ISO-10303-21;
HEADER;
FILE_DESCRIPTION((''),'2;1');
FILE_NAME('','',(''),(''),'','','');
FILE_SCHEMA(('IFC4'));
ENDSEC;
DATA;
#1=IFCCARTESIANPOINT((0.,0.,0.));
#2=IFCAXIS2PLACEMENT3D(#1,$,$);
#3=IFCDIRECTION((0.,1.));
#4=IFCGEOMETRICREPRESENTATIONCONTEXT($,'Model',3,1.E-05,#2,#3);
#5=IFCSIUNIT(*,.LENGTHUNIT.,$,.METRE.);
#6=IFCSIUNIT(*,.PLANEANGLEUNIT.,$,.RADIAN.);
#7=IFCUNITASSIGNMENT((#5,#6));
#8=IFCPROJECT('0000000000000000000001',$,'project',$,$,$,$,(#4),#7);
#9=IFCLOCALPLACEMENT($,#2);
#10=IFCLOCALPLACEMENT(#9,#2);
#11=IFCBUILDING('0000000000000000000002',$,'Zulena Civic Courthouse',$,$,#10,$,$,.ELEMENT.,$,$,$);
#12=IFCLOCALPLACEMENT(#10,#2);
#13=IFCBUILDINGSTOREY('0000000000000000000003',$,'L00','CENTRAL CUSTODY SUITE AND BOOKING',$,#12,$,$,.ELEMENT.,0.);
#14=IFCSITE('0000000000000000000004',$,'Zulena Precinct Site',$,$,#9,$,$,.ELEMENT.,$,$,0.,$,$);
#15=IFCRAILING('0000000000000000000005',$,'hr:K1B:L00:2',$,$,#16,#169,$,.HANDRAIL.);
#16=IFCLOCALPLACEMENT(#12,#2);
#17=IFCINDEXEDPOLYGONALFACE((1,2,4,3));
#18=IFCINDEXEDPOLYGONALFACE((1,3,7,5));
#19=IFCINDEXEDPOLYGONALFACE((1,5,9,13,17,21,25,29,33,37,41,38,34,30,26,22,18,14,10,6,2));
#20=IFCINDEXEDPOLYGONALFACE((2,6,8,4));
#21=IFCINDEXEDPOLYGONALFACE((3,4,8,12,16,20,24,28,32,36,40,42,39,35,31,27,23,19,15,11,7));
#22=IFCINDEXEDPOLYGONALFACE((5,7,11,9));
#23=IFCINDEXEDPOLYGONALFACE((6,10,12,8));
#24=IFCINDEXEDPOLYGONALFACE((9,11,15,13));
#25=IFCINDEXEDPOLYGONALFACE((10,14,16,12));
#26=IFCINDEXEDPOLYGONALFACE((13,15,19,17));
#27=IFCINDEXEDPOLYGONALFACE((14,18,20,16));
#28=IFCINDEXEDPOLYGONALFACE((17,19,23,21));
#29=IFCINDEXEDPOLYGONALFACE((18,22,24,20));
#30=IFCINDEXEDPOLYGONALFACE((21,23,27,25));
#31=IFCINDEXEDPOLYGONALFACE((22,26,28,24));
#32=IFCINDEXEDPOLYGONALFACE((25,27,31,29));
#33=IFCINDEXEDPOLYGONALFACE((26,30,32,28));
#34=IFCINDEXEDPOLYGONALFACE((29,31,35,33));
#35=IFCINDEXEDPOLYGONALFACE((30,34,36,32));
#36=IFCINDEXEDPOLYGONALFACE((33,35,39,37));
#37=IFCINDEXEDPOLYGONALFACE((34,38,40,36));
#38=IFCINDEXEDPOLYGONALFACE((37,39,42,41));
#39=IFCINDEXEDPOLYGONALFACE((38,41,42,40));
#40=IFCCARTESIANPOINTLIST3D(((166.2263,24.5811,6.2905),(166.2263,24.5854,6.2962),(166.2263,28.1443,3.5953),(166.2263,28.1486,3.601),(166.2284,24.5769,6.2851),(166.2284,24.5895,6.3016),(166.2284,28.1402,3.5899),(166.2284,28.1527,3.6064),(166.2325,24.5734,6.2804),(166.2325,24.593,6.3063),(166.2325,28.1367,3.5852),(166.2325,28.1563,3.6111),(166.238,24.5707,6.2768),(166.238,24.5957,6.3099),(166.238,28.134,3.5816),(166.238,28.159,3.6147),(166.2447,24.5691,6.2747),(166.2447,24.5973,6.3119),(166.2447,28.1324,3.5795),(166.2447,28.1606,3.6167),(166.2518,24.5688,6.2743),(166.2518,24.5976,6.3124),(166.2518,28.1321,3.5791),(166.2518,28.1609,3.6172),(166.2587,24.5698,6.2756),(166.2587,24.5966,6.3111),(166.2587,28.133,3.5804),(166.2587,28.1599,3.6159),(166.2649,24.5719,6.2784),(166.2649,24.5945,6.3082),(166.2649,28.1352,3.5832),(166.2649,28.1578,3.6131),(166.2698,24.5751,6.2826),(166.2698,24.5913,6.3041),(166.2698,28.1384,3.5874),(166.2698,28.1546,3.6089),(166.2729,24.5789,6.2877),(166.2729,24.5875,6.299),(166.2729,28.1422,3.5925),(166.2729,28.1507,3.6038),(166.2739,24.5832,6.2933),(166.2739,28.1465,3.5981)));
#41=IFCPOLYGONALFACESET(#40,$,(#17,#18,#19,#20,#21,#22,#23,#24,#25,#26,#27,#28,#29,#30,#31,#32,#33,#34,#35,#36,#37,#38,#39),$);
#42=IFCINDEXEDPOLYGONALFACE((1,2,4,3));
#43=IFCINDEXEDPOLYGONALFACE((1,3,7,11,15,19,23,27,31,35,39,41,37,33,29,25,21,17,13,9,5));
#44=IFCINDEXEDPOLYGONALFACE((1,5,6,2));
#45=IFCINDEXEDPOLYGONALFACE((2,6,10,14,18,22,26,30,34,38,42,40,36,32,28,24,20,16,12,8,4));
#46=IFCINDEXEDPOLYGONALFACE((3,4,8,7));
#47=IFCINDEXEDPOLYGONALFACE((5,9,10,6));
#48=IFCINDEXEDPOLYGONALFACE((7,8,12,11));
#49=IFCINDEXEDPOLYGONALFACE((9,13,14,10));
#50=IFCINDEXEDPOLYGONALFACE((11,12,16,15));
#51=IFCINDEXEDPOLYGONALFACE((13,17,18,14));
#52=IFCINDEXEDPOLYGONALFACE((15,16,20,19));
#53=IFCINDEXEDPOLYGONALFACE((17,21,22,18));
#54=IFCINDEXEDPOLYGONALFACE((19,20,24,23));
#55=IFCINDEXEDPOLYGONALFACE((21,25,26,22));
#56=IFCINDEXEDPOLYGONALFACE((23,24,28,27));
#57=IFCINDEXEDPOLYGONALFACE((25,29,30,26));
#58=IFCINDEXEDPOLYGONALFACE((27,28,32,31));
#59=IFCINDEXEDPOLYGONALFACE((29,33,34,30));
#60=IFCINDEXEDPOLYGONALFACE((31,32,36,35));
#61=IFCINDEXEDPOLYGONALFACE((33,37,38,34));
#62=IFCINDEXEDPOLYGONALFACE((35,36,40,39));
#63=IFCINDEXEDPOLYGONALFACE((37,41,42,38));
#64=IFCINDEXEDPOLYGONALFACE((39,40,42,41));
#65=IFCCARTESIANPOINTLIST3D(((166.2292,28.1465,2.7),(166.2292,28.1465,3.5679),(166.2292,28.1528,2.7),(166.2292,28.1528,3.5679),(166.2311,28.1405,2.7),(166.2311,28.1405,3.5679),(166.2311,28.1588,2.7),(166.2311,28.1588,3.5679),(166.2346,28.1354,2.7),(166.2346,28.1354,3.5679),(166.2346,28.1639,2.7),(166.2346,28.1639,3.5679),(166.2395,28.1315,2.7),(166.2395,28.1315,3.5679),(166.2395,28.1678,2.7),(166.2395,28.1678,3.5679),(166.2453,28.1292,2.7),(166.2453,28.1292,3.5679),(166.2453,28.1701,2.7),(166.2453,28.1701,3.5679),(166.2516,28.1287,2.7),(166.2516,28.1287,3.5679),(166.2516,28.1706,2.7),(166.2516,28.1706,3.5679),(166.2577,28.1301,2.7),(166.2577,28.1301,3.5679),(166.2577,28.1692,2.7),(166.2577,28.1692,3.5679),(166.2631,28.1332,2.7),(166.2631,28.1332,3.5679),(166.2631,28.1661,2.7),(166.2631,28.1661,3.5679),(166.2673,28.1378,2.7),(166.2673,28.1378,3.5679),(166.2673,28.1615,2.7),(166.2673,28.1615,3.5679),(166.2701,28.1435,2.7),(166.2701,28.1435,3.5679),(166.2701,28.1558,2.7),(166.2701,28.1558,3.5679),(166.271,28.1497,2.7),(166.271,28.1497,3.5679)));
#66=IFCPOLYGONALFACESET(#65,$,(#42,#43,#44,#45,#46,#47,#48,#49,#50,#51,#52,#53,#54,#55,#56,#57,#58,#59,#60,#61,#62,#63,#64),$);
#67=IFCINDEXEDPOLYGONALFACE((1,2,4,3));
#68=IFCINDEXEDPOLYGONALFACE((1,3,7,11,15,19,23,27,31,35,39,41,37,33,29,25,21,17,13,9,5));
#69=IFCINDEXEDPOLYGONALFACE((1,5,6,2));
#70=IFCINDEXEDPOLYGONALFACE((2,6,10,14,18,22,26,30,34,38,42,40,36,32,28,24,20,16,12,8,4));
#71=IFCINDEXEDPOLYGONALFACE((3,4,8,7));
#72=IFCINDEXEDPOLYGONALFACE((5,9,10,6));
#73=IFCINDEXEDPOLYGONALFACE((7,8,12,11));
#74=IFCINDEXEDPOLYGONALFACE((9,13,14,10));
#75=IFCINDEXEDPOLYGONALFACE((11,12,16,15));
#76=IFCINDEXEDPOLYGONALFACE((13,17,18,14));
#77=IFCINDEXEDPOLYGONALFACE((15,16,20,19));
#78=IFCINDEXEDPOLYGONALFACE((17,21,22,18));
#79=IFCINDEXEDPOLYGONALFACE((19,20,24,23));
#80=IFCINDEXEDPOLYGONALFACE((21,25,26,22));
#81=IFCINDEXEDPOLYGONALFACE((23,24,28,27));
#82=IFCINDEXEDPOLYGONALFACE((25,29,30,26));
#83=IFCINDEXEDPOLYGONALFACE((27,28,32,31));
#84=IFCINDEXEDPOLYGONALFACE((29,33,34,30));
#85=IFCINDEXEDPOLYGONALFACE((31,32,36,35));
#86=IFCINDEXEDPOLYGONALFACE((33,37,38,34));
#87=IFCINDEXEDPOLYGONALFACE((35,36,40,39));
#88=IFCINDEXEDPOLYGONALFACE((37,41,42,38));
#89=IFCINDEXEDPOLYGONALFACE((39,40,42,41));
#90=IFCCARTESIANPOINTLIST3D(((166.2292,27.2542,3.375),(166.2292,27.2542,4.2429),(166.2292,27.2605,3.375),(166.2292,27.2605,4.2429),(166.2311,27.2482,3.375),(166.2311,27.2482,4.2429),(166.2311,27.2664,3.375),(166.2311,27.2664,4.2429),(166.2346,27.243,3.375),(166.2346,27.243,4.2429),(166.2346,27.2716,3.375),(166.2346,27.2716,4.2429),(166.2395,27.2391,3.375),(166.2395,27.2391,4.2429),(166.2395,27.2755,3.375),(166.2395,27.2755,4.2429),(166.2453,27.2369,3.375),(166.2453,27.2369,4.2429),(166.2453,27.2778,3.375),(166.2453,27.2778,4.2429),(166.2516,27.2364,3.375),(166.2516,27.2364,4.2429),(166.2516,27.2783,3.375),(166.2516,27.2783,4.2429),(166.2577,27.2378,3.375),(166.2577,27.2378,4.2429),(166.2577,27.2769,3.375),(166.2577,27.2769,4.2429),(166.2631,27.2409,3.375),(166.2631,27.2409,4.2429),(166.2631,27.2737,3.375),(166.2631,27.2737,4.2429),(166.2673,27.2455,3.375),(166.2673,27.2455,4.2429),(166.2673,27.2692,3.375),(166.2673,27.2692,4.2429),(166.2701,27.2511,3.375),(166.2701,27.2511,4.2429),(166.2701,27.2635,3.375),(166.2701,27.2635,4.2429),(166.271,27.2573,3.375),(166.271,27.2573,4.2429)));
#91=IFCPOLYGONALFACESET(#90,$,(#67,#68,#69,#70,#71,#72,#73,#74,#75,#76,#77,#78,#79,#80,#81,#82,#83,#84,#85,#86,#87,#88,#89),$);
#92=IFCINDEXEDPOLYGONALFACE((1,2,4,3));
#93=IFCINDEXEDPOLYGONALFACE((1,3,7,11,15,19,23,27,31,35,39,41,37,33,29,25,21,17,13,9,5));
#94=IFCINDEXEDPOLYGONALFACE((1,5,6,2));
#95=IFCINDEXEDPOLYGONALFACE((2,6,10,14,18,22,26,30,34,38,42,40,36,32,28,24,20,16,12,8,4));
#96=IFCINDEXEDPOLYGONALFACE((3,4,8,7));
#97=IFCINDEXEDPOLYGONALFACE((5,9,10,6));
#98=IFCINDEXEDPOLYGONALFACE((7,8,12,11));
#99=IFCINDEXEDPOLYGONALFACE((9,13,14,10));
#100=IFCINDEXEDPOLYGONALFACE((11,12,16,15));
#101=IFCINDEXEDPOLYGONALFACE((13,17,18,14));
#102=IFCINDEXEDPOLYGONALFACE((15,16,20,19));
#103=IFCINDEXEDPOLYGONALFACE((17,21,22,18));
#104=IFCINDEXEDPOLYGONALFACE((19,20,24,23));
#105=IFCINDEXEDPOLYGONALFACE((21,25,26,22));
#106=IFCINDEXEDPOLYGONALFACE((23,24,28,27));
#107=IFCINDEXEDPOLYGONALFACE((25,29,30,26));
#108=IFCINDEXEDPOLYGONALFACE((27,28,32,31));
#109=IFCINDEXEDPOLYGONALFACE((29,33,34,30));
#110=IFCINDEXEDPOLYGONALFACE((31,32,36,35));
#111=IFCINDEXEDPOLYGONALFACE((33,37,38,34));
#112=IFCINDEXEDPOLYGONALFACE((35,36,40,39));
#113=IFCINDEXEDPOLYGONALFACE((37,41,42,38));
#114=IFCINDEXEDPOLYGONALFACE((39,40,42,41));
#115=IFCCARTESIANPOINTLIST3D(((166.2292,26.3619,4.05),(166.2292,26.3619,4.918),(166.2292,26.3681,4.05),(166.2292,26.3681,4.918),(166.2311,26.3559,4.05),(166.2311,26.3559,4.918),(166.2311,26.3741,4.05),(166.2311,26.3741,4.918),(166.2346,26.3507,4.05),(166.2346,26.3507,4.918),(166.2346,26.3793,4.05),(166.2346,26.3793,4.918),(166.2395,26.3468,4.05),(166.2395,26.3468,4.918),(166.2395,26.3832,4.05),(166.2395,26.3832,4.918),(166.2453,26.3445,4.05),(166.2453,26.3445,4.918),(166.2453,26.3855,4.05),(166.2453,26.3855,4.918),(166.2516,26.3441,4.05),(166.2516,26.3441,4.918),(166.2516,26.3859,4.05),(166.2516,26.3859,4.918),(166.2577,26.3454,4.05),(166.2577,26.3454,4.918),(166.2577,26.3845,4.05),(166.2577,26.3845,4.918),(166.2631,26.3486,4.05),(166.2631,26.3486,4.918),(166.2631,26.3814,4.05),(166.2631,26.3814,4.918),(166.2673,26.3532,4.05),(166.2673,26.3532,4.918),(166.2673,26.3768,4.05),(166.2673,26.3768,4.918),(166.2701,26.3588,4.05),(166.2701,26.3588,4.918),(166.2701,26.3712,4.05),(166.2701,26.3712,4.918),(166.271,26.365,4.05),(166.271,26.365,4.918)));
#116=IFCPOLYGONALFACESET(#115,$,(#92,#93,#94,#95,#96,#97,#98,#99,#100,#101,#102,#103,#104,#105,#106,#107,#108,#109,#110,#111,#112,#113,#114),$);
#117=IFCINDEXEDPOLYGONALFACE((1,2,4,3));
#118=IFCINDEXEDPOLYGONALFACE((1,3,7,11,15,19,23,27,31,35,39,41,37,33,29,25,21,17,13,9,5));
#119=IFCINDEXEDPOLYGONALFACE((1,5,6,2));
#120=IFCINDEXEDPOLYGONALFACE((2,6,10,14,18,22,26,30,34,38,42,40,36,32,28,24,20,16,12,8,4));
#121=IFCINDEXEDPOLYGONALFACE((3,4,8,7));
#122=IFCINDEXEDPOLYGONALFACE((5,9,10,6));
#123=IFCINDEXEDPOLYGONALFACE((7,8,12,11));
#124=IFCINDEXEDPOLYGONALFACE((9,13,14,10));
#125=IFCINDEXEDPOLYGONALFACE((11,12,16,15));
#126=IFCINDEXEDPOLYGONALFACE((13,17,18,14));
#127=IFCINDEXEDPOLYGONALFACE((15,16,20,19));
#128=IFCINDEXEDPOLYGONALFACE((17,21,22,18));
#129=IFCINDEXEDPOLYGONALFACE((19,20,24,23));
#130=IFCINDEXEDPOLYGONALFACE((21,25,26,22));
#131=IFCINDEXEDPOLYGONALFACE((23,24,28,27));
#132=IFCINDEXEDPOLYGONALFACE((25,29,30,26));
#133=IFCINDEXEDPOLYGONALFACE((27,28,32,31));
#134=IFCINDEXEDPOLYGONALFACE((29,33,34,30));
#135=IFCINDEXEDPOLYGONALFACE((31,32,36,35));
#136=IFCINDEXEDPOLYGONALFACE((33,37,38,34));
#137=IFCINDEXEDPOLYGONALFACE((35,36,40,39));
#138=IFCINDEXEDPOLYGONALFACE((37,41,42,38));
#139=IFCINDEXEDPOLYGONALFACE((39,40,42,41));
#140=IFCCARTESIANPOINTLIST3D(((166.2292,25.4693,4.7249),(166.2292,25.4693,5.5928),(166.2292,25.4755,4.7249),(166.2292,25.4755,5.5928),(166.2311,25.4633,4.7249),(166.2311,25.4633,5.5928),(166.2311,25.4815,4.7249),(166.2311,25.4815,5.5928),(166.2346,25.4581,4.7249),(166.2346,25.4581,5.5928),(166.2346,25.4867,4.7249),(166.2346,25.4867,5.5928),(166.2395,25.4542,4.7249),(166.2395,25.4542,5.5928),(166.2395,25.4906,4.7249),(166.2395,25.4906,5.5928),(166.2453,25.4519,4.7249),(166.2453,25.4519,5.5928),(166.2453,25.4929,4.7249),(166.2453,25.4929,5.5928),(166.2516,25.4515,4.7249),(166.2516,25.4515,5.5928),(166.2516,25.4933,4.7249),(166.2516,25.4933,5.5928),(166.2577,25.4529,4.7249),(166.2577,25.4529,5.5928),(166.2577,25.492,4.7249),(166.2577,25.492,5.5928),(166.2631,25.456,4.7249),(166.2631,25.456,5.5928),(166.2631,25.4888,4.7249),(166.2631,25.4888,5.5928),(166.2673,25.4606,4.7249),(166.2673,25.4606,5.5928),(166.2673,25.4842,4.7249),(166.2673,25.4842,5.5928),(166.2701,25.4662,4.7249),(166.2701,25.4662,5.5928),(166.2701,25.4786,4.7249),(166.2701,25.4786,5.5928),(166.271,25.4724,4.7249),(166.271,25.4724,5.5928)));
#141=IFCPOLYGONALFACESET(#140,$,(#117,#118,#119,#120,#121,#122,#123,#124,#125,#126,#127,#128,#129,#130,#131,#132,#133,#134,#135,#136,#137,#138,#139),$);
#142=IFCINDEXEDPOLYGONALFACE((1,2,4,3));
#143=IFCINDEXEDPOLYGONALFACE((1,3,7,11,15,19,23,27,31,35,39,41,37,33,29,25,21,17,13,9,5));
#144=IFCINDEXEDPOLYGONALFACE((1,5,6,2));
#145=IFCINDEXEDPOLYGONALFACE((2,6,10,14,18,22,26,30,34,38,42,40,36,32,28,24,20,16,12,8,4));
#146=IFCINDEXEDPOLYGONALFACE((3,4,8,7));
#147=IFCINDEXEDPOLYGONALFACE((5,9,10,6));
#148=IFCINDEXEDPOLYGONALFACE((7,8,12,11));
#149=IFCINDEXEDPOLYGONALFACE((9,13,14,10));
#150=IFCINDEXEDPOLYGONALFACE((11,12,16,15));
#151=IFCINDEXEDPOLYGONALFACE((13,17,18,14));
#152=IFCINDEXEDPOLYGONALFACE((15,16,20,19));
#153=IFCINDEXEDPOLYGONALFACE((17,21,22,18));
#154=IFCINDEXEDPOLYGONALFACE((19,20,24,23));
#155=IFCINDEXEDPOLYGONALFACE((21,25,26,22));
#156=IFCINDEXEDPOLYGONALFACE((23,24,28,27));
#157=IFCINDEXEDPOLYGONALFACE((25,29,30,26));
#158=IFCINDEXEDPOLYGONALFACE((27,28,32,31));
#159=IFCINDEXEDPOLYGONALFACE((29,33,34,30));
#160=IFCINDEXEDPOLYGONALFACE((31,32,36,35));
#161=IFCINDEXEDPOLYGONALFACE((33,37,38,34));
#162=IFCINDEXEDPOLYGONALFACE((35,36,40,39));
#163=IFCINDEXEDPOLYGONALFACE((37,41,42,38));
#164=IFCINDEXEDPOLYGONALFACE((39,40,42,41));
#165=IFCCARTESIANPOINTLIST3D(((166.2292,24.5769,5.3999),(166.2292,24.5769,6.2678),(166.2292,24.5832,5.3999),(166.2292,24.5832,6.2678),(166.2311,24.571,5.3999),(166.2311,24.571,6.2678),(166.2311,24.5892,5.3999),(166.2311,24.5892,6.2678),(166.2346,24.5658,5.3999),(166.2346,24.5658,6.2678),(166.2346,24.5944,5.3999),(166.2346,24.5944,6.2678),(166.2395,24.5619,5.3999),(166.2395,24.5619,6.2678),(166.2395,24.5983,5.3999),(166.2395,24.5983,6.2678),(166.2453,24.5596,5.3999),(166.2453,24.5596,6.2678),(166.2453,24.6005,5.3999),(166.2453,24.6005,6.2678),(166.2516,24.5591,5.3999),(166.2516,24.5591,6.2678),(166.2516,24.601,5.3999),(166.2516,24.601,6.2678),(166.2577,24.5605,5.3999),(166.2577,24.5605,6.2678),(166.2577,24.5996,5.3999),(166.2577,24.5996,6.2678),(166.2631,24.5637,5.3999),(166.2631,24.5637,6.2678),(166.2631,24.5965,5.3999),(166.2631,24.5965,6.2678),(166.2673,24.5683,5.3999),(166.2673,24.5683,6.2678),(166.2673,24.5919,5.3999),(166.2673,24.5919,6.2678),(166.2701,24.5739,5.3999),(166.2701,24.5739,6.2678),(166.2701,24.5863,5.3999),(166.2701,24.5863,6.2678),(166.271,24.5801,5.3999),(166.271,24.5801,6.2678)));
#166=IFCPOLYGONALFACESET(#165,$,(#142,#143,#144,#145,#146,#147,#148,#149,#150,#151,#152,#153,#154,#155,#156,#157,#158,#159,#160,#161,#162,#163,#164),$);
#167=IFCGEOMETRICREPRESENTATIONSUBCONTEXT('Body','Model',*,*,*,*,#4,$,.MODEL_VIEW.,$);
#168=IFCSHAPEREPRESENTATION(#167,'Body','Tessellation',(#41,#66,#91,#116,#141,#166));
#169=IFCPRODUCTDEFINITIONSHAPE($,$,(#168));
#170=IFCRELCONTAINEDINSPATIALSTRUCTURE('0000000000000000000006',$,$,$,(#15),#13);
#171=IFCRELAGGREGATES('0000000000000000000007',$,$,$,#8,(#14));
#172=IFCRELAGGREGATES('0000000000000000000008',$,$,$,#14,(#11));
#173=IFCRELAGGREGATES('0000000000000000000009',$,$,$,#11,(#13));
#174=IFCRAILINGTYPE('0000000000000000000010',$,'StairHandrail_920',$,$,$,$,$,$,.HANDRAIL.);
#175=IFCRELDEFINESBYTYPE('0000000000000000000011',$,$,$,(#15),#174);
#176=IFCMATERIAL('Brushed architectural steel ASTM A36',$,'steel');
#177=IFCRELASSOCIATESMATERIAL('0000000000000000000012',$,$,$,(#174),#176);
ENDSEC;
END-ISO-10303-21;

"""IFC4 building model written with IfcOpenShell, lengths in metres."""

from ifc_helpers import new_model, si_unit, direction, frame, origin, origin_2d, place, context, subcontext, project, spatial, circle, extrude, material, type_object, element, save


model = new_model("IFC4")

# Units and contexts
model_context = context("Model", 3, precision=1e-05, world=origin(), true_north=direction((0.0, 1.0)))
body_context = subcontext(model_context, "Body", "Model", "MODEL_VIEW")
ifc_project = project(units=[si_unit("LENGTHUNIT", "METRE"), si_unit("PLANEANGLEUNIT", "RADIAN")], contexts=[model_context])

# Site, building, storey
site_placement = place(None, origin())
site = spatial("IfcSite", under=ifc_project, at=site_placement, Name="Zulena Precinct Site", CompositionType="ELEMENT", RefElevation=0.0)
building_placement = place(site_placement, origin())
building = spatial("IfcBuilding", under=site, at=building_placement, Name="Zulena Civic Courthouse", CompositionType="ELEMENT")
storey_placement = place(building_placement, origin())
storey = spatial("IfcBuildingStorey", under=building, at=storey_placement, Name="L00", Description="CENTRAL CUSTODY SUITE AND BOOKING", CompositionType="ELEMENT", Elevation=0.0)

# Railing
ifc_material_1 = material(Name="Brushed architectural steel ASTM A36", Category="steel")
railing_type_1 = type_object("IfcRailingType", Name="StairHandrail_920", PredefinedType="HANDRAIL", material=ifc_material_1)
railing_1_placement = place(storey_placement, frame((166.25, 28.1497, 2.7)))
element("IfcRailing", 1, at=railing_1_placement, inside=storey, type_object=railing_type_1, Name="hr:K1B:L00:2", PredefinedType="HANDRAIL", context=body_context, shape_type="SweptSolid", body=[
    extrude(circle(Radius=0.0239, at=origin_2d()), frame((0.0, -0.0032, 0.8982), z_axis=(0.0, -0.797552, 0.60325), x_axis=(1.0, 0.0, 0.0)), (0.0, 0.0, 1.0), 4.4678),
    extrude(circle(Radius=0.021, at=origin_2d()), origin(), (0.0, 0.0, 1.0), 0.8679),
    extrude(circle(Radius=0.021, at=origin_2d()), frame((0.0, -0.8923, 0.675)), (0.0, 0.0, 1.0), 0.8679),
    extrude(circle(Radius=0.021, at=origin_2d()), frame((0.0, -1.7847, 1.3501)), (0.0, 0.0, 1.0), 0.8679),
    extrude(circle(Radius=0.021, at=origin_2d()), frame((0.0, -2.6772, 2.0249)), (0.0, 0.0, 1.0), 0.8679),
    extrude(circle(Radius=0.021, at=origin_2d()), frame((0.0, -3.5696, 2.7)), (0.0, 0.0, 1.0), 0.8679),
])

save(model, "model.ifc")
